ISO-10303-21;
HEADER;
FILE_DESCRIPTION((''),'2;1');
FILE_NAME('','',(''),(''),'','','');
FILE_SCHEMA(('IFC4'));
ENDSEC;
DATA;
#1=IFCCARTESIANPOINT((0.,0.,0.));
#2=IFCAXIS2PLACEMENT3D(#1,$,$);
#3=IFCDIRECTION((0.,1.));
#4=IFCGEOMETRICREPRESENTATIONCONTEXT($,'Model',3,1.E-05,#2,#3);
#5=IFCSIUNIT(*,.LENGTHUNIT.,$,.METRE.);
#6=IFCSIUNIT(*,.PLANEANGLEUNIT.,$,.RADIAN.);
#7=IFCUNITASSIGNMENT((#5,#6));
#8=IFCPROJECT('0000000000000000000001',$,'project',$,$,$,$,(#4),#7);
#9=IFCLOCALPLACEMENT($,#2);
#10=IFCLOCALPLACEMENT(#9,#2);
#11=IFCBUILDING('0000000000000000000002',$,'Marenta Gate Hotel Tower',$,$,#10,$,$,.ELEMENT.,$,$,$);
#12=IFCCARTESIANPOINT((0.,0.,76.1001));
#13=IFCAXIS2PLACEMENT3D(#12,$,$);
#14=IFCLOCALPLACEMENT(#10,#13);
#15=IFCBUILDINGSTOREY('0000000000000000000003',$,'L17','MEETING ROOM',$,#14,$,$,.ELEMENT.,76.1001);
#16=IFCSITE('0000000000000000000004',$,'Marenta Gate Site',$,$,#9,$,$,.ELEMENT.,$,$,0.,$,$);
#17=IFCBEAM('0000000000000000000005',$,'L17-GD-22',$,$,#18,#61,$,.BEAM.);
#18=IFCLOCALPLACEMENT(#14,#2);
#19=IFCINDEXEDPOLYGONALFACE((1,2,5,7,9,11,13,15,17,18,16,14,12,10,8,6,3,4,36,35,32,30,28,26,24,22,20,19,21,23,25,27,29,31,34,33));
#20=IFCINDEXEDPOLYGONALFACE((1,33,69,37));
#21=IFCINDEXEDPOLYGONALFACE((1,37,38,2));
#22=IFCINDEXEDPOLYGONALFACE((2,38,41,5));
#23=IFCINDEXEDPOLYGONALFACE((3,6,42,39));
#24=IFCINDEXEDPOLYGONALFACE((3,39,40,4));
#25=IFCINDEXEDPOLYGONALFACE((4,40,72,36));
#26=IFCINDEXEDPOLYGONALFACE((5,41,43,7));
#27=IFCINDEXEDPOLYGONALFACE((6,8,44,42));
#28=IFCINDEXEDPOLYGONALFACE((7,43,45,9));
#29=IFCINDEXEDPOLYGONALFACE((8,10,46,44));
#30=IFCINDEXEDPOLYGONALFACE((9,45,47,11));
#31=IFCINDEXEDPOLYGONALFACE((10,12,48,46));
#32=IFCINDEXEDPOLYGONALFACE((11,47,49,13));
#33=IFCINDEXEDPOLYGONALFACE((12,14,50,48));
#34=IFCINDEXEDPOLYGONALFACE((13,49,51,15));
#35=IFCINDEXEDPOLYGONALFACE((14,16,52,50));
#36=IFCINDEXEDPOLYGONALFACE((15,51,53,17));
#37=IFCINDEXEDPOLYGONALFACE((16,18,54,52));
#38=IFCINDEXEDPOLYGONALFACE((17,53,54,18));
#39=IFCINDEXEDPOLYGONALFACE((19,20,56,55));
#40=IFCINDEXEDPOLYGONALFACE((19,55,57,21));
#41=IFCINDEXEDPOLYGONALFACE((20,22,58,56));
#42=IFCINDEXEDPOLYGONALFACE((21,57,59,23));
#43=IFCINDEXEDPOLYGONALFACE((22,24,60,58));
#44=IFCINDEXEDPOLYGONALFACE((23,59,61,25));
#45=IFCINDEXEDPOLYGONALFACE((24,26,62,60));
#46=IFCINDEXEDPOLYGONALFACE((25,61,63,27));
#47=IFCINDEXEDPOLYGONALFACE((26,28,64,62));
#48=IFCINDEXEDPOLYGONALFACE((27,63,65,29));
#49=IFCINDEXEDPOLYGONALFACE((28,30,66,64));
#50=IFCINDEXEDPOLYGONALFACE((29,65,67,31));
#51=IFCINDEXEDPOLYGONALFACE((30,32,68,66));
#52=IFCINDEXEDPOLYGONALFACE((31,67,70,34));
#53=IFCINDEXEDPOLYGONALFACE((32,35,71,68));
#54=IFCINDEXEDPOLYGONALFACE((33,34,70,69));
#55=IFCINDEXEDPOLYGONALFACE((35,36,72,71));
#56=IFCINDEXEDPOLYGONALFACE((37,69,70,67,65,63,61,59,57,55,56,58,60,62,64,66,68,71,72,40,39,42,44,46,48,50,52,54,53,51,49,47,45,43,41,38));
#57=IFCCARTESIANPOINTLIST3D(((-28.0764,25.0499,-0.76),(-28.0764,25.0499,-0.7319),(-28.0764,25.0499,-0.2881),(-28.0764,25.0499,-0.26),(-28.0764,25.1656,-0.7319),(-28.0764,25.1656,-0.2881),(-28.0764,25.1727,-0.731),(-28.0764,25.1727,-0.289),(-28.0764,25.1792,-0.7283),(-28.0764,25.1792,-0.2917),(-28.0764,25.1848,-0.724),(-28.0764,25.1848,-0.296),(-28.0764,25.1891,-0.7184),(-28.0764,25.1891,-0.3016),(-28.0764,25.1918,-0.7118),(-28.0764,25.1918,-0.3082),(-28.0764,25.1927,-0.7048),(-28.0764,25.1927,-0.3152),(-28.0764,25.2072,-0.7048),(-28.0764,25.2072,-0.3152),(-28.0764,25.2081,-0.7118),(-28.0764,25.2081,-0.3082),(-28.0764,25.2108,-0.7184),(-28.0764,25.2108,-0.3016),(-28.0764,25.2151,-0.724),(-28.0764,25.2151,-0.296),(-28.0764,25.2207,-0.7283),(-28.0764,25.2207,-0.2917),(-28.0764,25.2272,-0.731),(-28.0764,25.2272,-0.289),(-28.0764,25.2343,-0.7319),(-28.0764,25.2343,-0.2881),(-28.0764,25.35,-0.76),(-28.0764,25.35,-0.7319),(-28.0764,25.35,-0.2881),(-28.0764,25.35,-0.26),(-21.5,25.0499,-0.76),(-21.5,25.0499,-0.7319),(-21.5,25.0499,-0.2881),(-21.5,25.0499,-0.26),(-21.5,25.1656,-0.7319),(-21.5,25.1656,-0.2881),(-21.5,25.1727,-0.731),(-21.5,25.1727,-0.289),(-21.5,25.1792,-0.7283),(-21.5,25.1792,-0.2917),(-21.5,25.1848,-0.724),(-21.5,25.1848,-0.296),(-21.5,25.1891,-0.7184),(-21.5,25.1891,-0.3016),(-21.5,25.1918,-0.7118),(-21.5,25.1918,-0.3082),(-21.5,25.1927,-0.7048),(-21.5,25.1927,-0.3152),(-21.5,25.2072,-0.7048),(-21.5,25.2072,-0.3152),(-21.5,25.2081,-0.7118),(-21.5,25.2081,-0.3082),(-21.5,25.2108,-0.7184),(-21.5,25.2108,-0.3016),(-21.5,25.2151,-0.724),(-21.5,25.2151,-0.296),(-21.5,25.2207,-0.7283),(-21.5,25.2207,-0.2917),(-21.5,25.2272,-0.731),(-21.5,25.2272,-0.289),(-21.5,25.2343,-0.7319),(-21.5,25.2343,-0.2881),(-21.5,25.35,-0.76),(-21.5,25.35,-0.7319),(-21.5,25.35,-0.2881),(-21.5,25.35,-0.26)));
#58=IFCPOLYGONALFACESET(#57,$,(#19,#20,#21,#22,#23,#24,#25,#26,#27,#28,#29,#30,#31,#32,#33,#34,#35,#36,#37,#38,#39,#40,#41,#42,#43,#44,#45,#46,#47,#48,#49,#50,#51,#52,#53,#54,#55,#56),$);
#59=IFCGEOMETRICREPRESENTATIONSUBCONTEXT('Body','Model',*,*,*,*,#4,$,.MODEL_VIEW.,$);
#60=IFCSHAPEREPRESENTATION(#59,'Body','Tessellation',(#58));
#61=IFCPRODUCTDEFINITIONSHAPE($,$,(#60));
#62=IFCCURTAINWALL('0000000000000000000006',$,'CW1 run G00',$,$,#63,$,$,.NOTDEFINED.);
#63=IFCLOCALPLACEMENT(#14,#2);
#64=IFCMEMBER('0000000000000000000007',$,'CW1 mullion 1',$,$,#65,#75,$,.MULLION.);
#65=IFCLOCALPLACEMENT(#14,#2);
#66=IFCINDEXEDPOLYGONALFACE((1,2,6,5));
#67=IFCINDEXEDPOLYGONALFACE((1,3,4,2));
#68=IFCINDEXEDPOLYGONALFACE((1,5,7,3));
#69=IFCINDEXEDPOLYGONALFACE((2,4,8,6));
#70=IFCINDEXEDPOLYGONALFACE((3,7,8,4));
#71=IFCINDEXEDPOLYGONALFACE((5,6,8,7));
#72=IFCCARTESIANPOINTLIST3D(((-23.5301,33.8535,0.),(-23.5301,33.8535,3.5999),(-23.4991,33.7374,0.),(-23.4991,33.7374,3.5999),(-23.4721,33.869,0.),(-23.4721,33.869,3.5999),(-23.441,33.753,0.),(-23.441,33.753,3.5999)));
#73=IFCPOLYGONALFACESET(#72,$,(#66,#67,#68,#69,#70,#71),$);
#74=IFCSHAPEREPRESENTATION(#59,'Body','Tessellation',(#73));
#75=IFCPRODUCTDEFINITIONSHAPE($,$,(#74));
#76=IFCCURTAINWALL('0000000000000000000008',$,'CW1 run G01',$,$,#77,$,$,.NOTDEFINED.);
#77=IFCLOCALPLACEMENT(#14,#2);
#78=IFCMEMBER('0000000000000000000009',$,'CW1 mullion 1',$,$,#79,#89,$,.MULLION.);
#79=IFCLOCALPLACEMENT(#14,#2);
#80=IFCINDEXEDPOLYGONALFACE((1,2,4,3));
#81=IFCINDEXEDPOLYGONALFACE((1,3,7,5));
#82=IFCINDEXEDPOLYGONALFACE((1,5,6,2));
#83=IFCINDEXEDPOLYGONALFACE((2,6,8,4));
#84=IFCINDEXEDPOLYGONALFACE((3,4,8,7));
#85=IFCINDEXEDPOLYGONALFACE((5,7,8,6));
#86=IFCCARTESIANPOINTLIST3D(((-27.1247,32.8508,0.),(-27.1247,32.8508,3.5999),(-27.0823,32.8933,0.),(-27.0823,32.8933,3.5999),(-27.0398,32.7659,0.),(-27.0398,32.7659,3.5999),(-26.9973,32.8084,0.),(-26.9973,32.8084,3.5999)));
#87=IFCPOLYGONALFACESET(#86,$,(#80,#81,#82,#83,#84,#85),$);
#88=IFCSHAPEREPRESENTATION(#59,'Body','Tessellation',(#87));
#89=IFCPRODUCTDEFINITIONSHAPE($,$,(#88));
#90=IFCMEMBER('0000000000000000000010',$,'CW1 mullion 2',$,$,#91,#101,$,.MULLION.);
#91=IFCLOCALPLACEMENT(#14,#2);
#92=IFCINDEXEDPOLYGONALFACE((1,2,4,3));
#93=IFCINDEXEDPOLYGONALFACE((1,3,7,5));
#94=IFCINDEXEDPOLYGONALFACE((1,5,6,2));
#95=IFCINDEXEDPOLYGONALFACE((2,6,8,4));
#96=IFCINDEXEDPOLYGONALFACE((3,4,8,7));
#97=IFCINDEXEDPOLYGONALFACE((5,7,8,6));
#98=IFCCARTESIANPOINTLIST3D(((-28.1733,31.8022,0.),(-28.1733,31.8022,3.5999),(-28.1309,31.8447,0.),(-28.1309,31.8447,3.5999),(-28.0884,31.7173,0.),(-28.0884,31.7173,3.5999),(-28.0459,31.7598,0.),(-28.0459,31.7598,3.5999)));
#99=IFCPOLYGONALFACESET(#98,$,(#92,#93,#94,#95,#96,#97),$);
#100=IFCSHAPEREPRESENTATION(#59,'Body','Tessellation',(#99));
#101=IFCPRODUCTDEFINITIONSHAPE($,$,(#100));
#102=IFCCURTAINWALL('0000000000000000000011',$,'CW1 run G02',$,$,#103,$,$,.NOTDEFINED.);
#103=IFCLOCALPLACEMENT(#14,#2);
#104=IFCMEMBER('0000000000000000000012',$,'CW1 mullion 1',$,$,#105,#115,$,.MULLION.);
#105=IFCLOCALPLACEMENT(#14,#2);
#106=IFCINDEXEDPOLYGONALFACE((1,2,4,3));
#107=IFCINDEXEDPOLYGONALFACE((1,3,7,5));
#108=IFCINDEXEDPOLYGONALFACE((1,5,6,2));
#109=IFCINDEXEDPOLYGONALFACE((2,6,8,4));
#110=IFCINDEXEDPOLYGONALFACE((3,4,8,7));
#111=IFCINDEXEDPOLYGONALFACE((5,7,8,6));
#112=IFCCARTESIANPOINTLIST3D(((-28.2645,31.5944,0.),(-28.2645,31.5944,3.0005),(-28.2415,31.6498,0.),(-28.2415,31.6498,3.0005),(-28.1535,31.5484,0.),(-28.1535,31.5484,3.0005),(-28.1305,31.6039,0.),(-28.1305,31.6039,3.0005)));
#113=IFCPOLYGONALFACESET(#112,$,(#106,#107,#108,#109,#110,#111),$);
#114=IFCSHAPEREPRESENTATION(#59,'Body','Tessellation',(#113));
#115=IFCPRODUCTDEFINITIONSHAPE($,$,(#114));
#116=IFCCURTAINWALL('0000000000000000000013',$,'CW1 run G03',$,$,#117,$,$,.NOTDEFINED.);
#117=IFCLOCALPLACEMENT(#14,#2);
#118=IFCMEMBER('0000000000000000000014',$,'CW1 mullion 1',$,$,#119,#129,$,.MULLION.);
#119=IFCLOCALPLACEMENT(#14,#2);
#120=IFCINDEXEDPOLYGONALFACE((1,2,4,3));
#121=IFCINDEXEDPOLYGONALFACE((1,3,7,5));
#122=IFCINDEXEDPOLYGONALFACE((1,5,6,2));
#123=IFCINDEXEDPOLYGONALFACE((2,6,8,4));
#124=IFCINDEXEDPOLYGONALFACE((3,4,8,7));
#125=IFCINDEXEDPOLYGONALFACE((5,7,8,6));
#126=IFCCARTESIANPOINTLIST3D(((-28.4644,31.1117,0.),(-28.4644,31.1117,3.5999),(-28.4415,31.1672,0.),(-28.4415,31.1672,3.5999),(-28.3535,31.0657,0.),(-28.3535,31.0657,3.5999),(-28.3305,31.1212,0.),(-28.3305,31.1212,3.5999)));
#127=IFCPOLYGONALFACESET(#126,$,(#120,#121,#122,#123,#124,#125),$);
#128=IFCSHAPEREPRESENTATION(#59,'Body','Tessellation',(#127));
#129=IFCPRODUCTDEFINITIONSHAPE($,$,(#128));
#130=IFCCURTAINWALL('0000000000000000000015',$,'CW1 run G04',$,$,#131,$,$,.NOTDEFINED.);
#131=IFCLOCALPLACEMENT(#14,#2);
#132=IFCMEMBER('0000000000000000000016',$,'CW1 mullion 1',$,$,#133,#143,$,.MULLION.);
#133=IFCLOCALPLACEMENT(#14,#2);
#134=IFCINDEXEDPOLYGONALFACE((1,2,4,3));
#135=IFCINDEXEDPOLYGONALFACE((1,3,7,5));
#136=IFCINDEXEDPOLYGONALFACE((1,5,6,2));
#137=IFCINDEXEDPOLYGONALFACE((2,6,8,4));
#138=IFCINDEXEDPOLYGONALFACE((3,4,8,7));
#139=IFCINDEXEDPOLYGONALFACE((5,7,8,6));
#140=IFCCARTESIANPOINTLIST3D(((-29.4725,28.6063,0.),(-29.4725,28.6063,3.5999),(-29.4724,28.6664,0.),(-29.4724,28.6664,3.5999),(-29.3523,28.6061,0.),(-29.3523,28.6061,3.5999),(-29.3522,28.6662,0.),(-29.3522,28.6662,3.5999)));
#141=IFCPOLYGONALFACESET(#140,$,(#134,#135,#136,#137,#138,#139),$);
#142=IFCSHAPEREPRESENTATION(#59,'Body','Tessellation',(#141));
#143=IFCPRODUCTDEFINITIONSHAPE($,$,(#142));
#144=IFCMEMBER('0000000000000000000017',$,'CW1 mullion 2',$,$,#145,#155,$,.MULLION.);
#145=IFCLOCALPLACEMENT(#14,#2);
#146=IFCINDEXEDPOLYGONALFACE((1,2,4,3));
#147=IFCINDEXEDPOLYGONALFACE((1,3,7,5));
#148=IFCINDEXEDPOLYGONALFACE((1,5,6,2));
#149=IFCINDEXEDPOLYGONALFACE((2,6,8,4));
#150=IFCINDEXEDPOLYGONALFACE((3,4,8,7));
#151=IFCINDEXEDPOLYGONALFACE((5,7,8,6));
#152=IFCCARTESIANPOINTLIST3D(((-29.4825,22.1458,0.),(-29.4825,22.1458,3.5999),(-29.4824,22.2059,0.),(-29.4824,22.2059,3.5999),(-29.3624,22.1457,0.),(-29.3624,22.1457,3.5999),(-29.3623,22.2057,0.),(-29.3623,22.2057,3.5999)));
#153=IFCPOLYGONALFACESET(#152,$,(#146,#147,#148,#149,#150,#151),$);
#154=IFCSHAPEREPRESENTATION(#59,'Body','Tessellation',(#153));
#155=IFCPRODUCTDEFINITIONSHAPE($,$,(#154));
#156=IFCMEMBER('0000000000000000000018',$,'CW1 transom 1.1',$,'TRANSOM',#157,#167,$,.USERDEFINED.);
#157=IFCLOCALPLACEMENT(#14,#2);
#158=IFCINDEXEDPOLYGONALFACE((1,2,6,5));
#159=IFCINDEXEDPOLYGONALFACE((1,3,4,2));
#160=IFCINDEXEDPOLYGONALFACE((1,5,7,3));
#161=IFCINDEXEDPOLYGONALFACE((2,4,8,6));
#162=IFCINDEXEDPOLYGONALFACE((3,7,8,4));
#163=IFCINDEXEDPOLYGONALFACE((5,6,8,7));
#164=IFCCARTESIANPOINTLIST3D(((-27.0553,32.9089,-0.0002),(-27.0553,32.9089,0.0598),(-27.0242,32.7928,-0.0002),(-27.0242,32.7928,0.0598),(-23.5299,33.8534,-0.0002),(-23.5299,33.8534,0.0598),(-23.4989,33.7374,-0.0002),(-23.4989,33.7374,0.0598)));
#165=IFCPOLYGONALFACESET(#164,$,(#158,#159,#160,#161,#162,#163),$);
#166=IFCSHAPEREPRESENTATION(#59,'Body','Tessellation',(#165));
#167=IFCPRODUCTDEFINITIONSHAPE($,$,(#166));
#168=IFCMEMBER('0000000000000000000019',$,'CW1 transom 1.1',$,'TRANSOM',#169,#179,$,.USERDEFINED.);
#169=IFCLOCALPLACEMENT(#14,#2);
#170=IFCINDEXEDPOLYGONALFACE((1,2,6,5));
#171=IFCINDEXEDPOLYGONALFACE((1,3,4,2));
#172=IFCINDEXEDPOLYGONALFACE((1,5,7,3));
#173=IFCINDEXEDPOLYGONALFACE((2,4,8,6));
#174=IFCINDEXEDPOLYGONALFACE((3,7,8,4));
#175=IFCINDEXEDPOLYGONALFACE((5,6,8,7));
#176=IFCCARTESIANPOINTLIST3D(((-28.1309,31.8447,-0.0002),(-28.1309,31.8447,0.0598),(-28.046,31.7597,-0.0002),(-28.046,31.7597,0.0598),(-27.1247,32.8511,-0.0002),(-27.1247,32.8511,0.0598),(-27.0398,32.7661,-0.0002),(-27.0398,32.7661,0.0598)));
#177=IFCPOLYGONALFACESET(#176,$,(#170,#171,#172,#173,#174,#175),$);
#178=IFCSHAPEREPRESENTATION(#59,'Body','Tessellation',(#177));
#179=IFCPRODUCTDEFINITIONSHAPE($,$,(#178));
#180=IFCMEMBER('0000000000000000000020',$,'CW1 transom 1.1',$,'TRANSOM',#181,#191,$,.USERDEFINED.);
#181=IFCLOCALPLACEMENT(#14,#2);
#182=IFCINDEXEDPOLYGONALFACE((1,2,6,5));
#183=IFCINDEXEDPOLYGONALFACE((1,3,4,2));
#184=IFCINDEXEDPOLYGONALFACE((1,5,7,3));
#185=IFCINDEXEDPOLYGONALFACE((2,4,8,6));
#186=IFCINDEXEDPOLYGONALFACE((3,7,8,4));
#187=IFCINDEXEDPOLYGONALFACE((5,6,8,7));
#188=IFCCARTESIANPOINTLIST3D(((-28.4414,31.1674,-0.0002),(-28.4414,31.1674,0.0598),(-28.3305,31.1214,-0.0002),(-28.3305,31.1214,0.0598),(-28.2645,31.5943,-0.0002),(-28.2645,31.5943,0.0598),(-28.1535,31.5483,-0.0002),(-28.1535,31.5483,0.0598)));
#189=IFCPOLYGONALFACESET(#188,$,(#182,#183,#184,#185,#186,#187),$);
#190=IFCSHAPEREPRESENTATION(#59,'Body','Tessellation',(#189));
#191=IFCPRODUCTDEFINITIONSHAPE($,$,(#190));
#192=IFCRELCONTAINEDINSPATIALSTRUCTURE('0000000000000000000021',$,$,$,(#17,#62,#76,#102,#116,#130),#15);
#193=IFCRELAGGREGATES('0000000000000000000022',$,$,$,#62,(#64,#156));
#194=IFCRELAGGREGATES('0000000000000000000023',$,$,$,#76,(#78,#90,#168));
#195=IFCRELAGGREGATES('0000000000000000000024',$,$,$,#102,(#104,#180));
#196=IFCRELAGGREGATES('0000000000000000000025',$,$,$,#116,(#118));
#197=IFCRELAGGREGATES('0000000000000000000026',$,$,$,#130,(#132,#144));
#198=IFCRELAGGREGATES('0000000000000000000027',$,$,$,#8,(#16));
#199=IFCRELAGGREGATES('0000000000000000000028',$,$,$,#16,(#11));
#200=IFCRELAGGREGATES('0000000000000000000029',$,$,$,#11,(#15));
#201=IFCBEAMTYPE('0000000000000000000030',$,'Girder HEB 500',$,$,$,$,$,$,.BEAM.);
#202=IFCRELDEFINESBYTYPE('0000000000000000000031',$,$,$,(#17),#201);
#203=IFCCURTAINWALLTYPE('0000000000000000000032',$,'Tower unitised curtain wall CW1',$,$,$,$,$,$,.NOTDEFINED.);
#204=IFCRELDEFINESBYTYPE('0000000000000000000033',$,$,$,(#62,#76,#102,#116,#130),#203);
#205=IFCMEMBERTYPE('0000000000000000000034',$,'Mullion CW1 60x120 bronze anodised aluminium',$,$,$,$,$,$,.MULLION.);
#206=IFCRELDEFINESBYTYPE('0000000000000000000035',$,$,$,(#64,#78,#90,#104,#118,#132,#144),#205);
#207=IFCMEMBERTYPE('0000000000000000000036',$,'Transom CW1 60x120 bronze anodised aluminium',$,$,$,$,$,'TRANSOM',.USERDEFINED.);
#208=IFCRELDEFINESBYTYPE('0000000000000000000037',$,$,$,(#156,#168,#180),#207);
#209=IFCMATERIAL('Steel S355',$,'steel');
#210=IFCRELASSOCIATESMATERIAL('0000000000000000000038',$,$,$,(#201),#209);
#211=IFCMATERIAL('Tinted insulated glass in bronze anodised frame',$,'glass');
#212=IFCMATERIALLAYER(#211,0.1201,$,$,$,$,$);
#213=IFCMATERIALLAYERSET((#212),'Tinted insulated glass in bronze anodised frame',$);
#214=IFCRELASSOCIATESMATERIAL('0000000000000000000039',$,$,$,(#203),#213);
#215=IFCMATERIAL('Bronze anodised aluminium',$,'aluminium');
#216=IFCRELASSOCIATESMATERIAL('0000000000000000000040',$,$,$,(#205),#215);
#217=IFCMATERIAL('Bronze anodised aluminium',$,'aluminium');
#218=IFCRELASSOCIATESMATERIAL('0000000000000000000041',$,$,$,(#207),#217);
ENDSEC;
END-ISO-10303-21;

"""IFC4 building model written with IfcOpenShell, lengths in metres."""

from ifc_helpers import new_model, si_unit, direction, frame, origin, origin_2d, place, context, subcontext, project, spatial, rectangle, i_section, extrude, material, layer, layer_set, material_profile, profile_set, type_object, element, aggregate, save


model = new_model("IFC4")

# Units and contexts
model_context = context("Model", 3, precision=1e-05, world=origin(), true_north=direction((0.0, 1.0)))
body_context = subcontext(model_context, "Body", "Model", "MODEL_VIEW")
ifc_project = project(units=[si_unit("LENGTHUNIT", "METRE"), si_unit("PLANEANGLEUNIT", "RADIAN")], contexts=[model_context])

# Site, building, storey
site_placement = place(None, origin())
site = spatial("IfcSite", under=ifc_project, at=site_placement, Name="Marenta Gate Site", CompositionType="ELEMENT", RefElevation=0.0)
building_placement = place(site_placement, origin())
building = spatial("IfcBuilding", under=site, at=building_placement, Name="Marenta Gate Hotel Tower", CompositionType="ELEMENT")
storey_placement = place(building_placement, frame((0.0, 0.0, 76.1001)))
storey = spatial("IfcBuildingStorey", under=building, at=storey_placement, Name="L17", Description="MEETING ROOM", CompositionType="ELEMENT", Elevation=76.1001)

# Beam
ifc_material_1 = material(Name="Steel S355", Category="steel")
ifc_material_profile_1 = material_profile(ifc_material_1, i_section(OverallWidth=0.3, OverallDepth=0.5, WebThickness=0.0144, FlangeThickness=0.0281, FilletRadius=0.0271, at=origin_2d()), Name="HEB 500")
ifc_profile_set_1 = profile_set([ifc_material_profile_1], Name="Steel S355")
beam_type_1 = type_object("IfcBeamType", Name="Girder HEB 500", PredefinedType="BEAM", material=ifc_profile_set_1)
beam_1_placement = place(storey_placement, frame((-28.0764, 25.2, -0.51), z_axis=(1.0, 0.0, 0.0), x_axis=(0.0, 1.0, 0.0)))
element("IfcBeam", 1, at=beam_1_placement, inside=storey, type_object=beam_type_1, Name="L17-GD-22", PredefinedType="BEAM", context=body_context, shape_type="SweptSolid", body=[
    extrude(i_section(OverallWidth=0.3, OverallDepth=0.5, WebThickness=0.0144, FlangeThickness=0.0281, FilletRadius=0.0271, at=origin_2d()), origin(), (0.0, 0.0, 1.0), 6.5764),
])

# Curtain wall, member
ifc_material_2 = material(Name="Tinted insulated glass in bronze anodised frame", Category="glass")
ifc_layer_1 = layer(ifc_material_2, 0.1201)
ifc_layer_set_1 = layer_set([ifc_layer_1], Name="Tinted insulated glass in bronze anodised frame")
curtain_wall_type = type_object("IfcCurtainWallType", Name="Tower unitised curtain wall CW1", PredefinedType="NOTDEFINED", material=ifc_layer_set_1)
curtain_wall_1_placement = place(storey_placement, origin())
curtain_wall_1 = element("IfcCurtainWall", 2, at=curtain_wall_1_placement, inside=storey, type_object=curtain_wall_type, Name="CW1 run G00", PredefinedType="NOTDEFINED")
ifc_material_3 = material(Name="Bronze anodised aluminium", Category="aluminium")
ifc_material_profile_2 = material_profile(ifc_material_3, rectangle(XDim=0.1201, YDim=0.0601, at=origin_2d()), Name="Mullion CW1 60x120 bronze anodised aluminium")
ifc_profile_set_2 = profile_set([ifc_material_profile_2], Name="Bronze anodised aluminium")
member_type_1 = type_object("IfcMemberType", Name="Mullion CW1 60x120 bronze anodised aluminium", PredefinedType="MULLION", material=ifc_profile_set_2)
member_1_placement = place(storey_placement, frame((-23.4856, 33.8032, 0.0), z_axis=(0.0, 0.0, 1.0), x_axis=(0.258802, -0.96593, 0.0)))
member_1 = element("IfcMember", 3, at=member_1_placement, type_object=member_type_1, Name="CW1 mullion 1", PredefinedType="MULLION", context=body_context, shape_type="SweptSolid", body=[
    extrude(rectangle(XDim=0.1201, YDim=0.0601, at=origin_2d()), origin(), (0.0, 0.0, 1.0), 3.5999),
])

# Curtain wall, members
curtain_wall_2_placement = place(storey_placement, origin())
curtain_wall_2 = element("IfcCurtainWall", 4, at=curtain_wall_2_placement, inside=storey, type_object=curtain_wall_type, Name="CW1 run G01", PredefinedType="NOTDEFINED")
member_2_placement = place(storey_placement, frame((-27.061, 32.8296, 0.0), z_axis=(0.0, 0.0, 1.0), x_axis=(0.707107, -0.707107, 0.0)))
member_2 = element("IfcMember", 5, at=member_2_placement, type_object=member_type_1, Name="CW1 mullion 1", PredefinedType="MULLION", context=body_context, shape_type="SweptSolid", body=[
    extrude(rectangle(XDim=0.1201, YDim=0.0601, at=origin_2d()), origin(), (0.0, 0.0, 1.0), 3.5999),
])
member_3_placement = place(storey_placement, frame((-28.1096, 31.781, 0.0), z_axis=(0.0, 0.0, 1.0), x_axis=(0.707107, -0.707107, 0.0)))
member_3 = element("IfcMember", 6, at=member_3_placement, type_object=member_type_1, Name="CW1 mullion 2", PredefinedType="MULLION", context=body_context, shape_type="SweptSolid", body=[
    extrude(rectangle(XDim=0.1201, YDim=0.0601, at=origin_2d()), origin(), (0.0, 0.0, 1.0), 3.5999),
])

# Curtain walls, members
curtain_wall_3_placement = place(storey_placement, origin())
curtain_wall_3 = element("IfcCurtainWall", 7, at=curtain_wall_3_placement, inside=storey, type_object=curtain_wall_type, Name="CW1 run G02", PredefinedType="NOTDEFINED")
member_4_placement = place(storey_placement, frame((-28.1975, 31.5991, 0.0), z_axis=(0.0, 0.0, 1.0), x_axis=(0.923879, -0.382684, 0.0)))
member_4 = element("IfcMember", 8, at=member_4_placement, type_object=member_type_1, Name="CW1 mullion 1", PredefinedType="MULLION", context=body_context, shape_type="SweptSolid", body=[
    extrude(rectangle(XDim=0.1201, YDim=0.0601, at=origin_2d()), origin(), (0.0, 0.0, 1.0), 3.0005),
])
curtain_wall_4_placement = place(storey_placement, origin())
curtain_wall_4 = element("IfcCurtainWall", 9, at=curtain_wall_4_placement, inside=storey, type_object=curtain_wall_type, Name="CW1 run G03", PredefinedType="NOTDEFINED")
member_5_placement = place(storey_placement, frame((-28.3975, 31.1165, 0.0), z_axis=(0.0, 0.0, 1.0), x_axis=(0.923882, -0.382677, 0.0)))
member_5 = element("IfcMember", 10, at=member_5_placement, type_object=member_type_1, Name="CW1 mullion 1", PredefinedType="MULLION", context=body_context, shape_type="SweptSolid", body=[
    extrude(rectangle(XDim=0.1201, YDim=0.0601, at=origin_2d()), origin(), (0.0, 0.0, 1.0), 3.5999),
])

# Curtain wall, members
curtain_wall_5_placement = place(storey_placement, origin())
curtain_wall_5 = element("IfcCurtainWall", 11, at=curtain_wall_5_placement, inside=storey, type_object=curtain_wall_type, Name="CW1 run G04", PredefinedType="NOTDEFINED")
member_6_placement = place(storey_placement, frame((-29.4124, 28.6362, 0.0), z_axis=(0.0, 0.0, 1.0), x_axis=(0.999999, -0.001566, 0.0)))
member_6 = element("IfcMember", 12, at=member_6_placement, type_object=member_type_1, Name="CW1 mullion 1", PredefinedType="MULLION", context=body_context, shape_type="SweptSolid", body=[
    extrude(rectangle(XDim=0.1201, YDim=0.0601, at=origin_2d()), origin(), (0.0, 0.0, 1.0), 3.5999),
])
member_7_placement = place(storey_placement, frame((-29.4224, 22.1758, 0.0), z_axis=(0.0, 0.0, 1.0), x_axis=(0.999999, -0.001566, 0.0)))
member_7 = element("IfcMember", 13, at=member_7_placement, type_object=member_type_1, Name="CW1 mullion 2", PredefinedType="MULLION", context=body_context, shape_type="SweptSolid", body=[
    extrude(rectangle(XDim=0.1201, YDim=0.0601, at=origin_2d()), origin(), (0.0, 0.0, 1.0), 3.5999),
])

# Members
ifc_material_4 = material(Name="Bronze anodised aluminium", Category="aluminium")
ifc_material_profile_3 = material_profile(ifc_material_4, rectangle(XDim=0.1201, YDim=0.0601, at=origin_2d()), Name="Transom CW1 60x120 bronze anodised aluminium")
ifc_profile_set_3 = profile_set([ifc_material_profile_3], Name="Bronze anodised aluminium")
member_type_2 = type_object("IfcMemberType", Name="Transom CW1 60x120 bronze anodised aluminium", ElementType="TRANSOM", PredefinedType="USERDEFINED", material=ifc_profile_set_3)
member_8_placement = place(storey_placement, frame((-23.5144, 33.7954, 0.0298), z_axis=(-0.965929, -0.258807, 0.0), x_axis=(0.258807, -0.965929, 0.0)))
member_8 = element("IfcMember", 14, at=member_8_placement, type_object=member_type_2, Name="CW1 transom 1.1", ObjectType="TRANSOM", PredefinedType="USERDEFINED", context=body_context, shape_type="SweptSolid", body=[
    extrude(rectangle(XDim=0.1201, YDim=0.0601, at=origin_2d()), origin(), (0.0, 0.0, 1.0), 3.6497),
])
member_9_placement = place(storey_placement, frame((-27.0823, 32.8086, 0.0298), z_axis=(-0.707021, -0.707193, 0.0), x_axis=(0.707193, -0.707021, 0.0)))
member_9 = element("IfcMember", 15, at=member_9_placement, type_object=member_type_2, Name="CW1 transom 1.1", ObjectType="TRANSOM", PredefinedType="USERDEFINED", context=body_context, shape_type="SweptSolid", body=[
    extrude(rectangle(XDim=0.1201, YDim=0.0601, at=origin_2d()), origin(), (0.0, 0.0, 1.0), 1.4231),
])
member_10_placement = place(storey_placement, frame((-28.209, 31.5713, 0.0298), z_axis=(-0.382927, -0.923779, 0.0), x_axis=(0.923779, -0.382927, 0.0)))
member_10 = element("IfcMember", 16, at=member_10_placement, type_object=member_type_2, Name="CW1 transom 1.1", ObjectType="TRANSOM", PredefinedType="USERDEFINED", context=body_context, shape_type="SweptSolid", body=[
    extrude(rectangle(XDim=0.1201, YDim=0.0601, at=origin_2d()), origin(), (0.0, 0.0, 1.0), 0.4622),
])

aggregate(curtain_wall_1, [member_1, member_8])
aggregate(curtain_wall_2, [member_2, member_3, member_9])
aggregate(curtain_wall_3, [member_4, member_10])
aggregate(curtain_wall_4, [member_5])
aggregate(curtain_wall_5, [member_6, member_7])

save(model, "model.ifc")
